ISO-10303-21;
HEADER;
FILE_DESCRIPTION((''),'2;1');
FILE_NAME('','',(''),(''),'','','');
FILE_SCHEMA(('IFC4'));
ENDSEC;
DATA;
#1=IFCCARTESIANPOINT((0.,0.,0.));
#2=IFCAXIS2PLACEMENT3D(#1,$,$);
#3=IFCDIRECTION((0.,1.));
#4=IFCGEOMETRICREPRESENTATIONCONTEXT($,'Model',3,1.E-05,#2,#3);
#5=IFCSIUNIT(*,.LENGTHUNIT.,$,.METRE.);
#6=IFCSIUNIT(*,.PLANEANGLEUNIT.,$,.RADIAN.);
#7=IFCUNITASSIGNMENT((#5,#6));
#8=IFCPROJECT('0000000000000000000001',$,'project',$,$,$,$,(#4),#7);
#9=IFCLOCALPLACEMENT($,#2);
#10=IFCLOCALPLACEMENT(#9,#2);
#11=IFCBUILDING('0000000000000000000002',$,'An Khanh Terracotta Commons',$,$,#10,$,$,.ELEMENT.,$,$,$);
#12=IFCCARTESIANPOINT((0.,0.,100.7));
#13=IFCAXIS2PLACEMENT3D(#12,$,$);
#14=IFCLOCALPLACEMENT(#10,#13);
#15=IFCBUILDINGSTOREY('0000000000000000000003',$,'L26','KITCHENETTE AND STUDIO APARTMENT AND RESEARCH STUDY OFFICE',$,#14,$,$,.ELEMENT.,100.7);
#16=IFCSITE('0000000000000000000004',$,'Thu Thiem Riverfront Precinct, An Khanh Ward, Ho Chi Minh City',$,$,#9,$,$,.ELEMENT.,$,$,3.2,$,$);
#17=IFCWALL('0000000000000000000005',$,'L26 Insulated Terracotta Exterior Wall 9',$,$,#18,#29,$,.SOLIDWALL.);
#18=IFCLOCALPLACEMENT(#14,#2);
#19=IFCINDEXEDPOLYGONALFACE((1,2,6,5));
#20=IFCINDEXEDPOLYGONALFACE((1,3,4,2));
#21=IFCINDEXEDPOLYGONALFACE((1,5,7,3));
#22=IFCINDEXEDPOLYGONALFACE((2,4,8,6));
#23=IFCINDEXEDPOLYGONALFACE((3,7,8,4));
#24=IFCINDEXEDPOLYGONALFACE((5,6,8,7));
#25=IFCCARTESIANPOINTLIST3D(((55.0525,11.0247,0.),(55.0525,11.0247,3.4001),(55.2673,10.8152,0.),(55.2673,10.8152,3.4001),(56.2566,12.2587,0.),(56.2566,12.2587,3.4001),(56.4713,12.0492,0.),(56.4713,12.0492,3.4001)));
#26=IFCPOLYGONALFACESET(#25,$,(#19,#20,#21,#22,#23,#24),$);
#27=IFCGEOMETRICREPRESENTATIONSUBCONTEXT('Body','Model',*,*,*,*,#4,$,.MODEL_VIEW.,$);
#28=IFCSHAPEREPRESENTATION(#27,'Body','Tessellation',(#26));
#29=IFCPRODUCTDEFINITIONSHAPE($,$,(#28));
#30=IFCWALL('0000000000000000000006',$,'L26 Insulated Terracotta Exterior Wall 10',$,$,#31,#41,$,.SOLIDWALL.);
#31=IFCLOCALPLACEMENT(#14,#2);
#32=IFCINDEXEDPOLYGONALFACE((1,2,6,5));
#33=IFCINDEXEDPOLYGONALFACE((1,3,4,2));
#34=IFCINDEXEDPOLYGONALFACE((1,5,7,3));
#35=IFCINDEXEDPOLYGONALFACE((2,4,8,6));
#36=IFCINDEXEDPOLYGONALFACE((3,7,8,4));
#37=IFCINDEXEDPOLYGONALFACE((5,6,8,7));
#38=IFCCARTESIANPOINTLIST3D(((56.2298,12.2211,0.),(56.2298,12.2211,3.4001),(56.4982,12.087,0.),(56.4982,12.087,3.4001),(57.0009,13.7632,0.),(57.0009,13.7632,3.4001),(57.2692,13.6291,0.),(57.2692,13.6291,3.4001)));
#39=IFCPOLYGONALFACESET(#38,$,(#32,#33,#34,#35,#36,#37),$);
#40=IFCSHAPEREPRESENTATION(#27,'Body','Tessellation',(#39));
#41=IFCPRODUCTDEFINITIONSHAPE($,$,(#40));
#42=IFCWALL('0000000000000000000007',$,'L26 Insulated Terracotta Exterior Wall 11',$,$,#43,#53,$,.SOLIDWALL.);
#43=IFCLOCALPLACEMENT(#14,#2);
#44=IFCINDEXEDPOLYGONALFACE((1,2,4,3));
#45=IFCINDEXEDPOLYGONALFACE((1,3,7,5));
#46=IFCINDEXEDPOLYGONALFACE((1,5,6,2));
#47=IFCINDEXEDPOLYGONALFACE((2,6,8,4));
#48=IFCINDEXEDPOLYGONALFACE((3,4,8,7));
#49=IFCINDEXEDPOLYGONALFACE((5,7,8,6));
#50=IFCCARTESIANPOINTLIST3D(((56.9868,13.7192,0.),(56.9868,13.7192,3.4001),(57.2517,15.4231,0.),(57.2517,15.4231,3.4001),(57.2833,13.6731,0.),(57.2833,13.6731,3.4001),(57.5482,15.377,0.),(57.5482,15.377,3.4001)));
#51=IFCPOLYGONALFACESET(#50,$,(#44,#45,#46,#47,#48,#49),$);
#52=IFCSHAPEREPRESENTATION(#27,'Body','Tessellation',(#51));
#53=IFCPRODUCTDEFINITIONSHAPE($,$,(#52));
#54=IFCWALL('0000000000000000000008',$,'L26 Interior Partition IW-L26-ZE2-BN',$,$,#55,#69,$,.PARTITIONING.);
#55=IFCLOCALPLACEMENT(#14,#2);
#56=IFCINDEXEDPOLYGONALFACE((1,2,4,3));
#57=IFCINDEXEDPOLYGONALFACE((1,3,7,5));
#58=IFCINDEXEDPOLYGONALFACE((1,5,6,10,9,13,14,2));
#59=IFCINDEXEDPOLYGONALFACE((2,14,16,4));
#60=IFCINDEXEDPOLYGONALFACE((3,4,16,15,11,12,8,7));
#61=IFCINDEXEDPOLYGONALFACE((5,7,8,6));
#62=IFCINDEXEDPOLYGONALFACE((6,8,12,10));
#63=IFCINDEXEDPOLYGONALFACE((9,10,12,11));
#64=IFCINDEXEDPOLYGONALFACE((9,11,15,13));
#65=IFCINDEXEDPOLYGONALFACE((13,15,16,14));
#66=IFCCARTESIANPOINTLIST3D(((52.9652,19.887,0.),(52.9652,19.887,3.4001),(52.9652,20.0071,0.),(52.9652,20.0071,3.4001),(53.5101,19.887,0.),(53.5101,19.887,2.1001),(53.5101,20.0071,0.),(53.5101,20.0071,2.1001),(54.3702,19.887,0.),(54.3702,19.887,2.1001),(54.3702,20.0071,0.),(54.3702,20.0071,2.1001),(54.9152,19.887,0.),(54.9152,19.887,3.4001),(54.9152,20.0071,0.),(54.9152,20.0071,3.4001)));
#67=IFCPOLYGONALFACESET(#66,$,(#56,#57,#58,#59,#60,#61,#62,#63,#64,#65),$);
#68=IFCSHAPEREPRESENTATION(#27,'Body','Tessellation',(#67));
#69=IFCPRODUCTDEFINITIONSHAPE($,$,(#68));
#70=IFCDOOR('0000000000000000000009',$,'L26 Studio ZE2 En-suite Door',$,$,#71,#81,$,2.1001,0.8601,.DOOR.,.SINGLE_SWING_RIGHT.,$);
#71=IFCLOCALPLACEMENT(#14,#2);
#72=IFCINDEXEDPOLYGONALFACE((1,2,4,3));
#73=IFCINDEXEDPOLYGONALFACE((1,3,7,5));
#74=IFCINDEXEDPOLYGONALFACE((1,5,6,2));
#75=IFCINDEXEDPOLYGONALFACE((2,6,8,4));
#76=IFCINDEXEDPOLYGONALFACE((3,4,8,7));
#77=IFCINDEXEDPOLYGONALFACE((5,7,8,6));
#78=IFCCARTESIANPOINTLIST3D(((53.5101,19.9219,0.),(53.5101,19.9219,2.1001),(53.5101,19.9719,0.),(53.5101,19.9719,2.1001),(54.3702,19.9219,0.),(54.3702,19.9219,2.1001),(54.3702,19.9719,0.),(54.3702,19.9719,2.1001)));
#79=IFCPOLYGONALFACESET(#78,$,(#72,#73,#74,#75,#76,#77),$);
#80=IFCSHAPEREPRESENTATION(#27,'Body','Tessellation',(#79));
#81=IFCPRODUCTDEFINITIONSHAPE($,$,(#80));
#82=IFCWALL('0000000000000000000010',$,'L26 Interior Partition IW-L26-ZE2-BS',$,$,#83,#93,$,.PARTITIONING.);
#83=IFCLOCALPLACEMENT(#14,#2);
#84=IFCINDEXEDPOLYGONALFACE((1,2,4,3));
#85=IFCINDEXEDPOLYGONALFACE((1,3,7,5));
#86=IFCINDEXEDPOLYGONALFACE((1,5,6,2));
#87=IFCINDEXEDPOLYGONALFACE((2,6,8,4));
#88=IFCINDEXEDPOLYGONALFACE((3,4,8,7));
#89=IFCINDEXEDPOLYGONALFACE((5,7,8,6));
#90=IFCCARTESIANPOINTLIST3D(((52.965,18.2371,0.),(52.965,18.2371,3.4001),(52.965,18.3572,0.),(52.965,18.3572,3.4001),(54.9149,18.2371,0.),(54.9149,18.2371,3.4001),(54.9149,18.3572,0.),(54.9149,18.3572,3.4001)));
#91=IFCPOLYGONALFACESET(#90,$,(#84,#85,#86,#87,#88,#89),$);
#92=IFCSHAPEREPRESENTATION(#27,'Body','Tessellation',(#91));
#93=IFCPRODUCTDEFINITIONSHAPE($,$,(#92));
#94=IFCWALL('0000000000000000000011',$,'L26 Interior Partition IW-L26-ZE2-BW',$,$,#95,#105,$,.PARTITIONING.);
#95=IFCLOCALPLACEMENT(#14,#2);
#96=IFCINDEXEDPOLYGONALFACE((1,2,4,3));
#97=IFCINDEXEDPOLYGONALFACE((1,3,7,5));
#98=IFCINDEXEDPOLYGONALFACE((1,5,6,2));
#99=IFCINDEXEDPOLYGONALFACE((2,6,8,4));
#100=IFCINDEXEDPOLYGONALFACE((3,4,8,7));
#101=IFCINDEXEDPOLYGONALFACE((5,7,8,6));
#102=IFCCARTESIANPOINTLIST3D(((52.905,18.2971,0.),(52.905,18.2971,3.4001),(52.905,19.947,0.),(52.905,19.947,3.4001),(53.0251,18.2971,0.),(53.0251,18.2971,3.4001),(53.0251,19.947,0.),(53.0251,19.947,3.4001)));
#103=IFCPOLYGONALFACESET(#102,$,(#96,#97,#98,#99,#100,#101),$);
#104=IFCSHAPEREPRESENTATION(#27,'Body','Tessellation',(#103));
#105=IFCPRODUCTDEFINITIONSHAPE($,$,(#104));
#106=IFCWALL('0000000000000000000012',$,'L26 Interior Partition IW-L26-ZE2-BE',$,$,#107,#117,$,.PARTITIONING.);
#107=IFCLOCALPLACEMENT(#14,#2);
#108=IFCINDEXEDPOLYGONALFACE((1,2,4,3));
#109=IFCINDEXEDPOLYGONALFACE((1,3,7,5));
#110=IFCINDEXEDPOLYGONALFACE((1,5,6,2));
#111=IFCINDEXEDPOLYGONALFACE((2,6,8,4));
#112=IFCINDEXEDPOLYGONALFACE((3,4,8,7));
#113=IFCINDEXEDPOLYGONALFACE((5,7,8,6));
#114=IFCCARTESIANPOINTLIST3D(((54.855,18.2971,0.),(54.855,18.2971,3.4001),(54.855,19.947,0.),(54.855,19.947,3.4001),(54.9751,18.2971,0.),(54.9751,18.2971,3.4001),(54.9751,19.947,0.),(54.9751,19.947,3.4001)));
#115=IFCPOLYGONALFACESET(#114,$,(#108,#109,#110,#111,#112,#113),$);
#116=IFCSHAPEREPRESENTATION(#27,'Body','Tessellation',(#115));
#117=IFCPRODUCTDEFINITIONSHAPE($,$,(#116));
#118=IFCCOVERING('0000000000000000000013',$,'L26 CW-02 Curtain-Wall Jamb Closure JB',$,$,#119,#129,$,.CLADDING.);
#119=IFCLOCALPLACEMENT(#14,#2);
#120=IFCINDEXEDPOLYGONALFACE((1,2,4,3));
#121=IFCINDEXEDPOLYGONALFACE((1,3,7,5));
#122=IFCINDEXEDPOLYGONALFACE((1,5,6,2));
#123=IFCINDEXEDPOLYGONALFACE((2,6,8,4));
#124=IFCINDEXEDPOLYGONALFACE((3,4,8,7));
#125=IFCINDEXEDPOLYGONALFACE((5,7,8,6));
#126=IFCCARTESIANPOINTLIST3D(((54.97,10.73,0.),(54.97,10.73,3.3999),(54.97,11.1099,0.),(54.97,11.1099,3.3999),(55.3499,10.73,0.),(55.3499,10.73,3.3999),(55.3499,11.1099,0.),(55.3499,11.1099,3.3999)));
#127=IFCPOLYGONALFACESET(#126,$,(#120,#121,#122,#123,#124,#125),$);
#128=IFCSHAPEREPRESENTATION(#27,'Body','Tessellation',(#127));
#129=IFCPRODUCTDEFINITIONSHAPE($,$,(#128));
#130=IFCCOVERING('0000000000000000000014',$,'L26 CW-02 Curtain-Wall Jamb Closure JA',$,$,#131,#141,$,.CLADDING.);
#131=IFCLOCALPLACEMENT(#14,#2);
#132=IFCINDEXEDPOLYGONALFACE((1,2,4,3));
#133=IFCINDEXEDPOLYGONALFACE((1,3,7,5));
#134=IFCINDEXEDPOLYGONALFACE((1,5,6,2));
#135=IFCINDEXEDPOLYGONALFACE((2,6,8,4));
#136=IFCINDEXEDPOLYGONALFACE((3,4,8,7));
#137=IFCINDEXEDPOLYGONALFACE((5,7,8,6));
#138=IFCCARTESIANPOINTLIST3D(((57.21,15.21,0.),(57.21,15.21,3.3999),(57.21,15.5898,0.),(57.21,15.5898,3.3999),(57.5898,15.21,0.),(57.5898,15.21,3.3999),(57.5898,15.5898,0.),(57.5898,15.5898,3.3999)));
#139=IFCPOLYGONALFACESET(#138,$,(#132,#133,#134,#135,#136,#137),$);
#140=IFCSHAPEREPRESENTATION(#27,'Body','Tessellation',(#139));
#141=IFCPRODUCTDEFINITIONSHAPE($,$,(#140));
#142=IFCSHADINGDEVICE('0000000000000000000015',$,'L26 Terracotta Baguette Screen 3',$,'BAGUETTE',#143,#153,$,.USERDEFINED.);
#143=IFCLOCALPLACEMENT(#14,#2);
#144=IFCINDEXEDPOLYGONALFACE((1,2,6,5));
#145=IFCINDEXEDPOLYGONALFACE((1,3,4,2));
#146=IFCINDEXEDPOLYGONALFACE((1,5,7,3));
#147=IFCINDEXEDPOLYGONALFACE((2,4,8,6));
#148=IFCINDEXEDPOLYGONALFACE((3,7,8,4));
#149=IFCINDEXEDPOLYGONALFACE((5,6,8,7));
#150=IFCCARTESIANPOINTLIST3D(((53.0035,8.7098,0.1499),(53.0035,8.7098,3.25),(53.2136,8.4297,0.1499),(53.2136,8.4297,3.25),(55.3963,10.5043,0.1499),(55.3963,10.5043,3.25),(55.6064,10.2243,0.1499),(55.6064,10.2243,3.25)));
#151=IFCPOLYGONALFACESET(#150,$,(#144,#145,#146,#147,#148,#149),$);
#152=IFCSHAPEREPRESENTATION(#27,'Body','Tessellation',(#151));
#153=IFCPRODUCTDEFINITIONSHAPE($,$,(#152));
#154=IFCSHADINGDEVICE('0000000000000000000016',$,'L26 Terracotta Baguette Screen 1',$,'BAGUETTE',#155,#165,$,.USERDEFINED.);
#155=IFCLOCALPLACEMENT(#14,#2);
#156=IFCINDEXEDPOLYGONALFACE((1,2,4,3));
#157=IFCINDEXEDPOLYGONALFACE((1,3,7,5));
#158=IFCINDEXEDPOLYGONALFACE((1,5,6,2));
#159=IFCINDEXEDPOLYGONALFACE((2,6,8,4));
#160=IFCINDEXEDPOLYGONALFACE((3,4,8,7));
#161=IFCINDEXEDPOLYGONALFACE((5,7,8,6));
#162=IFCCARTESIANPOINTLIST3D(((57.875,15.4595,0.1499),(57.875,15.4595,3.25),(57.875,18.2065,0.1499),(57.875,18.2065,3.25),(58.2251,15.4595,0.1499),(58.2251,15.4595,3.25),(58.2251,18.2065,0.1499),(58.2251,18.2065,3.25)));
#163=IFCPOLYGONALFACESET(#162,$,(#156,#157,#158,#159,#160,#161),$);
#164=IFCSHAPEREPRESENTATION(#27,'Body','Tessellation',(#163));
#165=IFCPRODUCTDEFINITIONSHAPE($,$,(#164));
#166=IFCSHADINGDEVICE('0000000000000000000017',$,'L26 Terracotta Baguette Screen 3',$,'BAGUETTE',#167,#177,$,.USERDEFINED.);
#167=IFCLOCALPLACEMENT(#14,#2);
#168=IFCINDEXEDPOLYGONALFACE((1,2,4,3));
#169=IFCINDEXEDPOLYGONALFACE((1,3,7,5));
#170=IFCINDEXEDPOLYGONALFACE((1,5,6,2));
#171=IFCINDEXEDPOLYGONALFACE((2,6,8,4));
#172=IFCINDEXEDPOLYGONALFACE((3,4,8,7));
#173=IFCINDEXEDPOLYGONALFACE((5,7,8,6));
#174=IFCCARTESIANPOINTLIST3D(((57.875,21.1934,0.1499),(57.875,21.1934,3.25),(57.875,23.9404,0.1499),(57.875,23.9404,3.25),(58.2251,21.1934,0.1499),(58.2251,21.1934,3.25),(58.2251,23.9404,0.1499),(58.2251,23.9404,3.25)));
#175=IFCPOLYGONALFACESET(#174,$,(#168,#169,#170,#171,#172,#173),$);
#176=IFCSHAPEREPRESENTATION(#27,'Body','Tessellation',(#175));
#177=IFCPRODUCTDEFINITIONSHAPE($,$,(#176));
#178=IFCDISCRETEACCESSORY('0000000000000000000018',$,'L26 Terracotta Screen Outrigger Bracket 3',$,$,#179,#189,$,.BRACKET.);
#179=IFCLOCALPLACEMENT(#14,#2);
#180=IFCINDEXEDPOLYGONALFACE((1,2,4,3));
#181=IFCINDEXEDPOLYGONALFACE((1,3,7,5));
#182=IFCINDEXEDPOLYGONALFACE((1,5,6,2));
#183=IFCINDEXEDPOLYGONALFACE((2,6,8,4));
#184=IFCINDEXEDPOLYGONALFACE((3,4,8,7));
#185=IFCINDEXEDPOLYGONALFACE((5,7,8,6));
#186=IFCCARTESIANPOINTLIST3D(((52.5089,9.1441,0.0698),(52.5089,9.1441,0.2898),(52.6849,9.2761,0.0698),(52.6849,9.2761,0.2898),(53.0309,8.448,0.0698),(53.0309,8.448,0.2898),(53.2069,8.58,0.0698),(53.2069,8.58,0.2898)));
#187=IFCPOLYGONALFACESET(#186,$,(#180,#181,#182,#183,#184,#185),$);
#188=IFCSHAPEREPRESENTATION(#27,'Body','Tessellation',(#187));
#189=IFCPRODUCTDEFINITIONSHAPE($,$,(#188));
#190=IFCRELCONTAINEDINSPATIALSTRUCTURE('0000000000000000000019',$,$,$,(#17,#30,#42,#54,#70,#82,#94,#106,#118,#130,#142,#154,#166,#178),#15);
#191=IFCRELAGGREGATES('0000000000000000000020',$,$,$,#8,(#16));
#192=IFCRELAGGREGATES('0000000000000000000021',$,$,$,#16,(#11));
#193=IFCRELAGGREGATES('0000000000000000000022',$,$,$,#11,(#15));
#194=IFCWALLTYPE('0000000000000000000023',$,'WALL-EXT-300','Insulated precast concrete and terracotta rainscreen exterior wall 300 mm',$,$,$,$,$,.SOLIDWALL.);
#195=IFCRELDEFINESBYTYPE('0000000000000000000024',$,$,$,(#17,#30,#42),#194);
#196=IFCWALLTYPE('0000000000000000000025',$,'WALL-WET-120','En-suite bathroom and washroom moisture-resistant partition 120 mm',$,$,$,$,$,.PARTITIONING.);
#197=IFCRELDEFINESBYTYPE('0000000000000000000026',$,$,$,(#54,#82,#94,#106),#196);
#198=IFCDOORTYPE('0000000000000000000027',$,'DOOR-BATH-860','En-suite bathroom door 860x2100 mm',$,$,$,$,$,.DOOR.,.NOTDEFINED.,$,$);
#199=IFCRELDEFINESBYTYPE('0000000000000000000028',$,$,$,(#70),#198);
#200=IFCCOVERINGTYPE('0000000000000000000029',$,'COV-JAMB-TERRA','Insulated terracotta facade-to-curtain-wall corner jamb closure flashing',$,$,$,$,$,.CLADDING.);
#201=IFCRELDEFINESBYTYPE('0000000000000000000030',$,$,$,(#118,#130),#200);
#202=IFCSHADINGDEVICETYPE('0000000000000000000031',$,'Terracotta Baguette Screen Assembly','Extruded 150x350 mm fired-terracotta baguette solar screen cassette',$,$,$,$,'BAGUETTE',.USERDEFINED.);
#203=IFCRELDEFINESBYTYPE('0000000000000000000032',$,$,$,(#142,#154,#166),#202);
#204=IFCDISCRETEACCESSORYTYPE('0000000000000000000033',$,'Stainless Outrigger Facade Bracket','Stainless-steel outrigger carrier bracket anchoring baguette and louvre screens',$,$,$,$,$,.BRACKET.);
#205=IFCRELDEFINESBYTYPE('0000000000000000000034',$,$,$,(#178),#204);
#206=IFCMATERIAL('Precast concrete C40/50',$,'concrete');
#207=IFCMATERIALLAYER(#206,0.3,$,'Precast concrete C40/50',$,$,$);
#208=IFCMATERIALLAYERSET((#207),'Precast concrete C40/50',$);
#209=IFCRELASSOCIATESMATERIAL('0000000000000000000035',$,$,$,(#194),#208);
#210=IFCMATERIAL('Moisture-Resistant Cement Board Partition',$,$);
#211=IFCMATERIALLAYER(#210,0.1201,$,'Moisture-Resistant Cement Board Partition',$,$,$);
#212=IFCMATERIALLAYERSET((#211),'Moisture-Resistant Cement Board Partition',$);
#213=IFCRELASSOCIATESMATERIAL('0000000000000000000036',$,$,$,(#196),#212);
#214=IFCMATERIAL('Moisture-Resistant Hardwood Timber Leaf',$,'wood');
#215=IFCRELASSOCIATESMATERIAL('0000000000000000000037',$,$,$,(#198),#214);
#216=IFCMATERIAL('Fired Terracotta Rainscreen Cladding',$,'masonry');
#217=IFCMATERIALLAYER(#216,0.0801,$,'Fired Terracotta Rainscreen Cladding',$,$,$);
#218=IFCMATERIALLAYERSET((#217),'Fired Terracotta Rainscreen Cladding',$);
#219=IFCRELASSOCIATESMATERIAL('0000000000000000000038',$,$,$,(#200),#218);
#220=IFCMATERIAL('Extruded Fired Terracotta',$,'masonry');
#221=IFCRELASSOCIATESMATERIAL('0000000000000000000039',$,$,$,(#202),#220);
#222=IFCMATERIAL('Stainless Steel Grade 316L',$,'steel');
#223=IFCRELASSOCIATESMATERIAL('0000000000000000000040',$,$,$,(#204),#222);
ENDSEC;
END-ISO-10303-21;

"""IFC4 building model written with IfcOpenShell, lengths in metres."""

from ifc_helpers import new_model, si_unit, direction, frame, frame_2d, origin, origin_2d, place, context, subcontext, project, spatial, rectangle, extrude, material, layer, layer_set, type_object, element, fill, save


model = new_model("IFC4")

# Units and contexts
model_context = context("Model", 3, precision=1e-05, world=origin(), true_north=direction((0.0, 1.0)))
body_context = subcontext(model_context, "Body", "Model", "MODEL_VIEW")
ifc_project = project(units=[si_unit("LENGTHUNIT", "METRE"), si_unit("PLANEANGLEUNIT", "RADIAN")], contexts=[model_context])

# Site, building, storey
site_placement = place(None, origin())
site = spatial("IfcSite", under=ifc_project, at=site_placement, Name="Thu Thiem Riverfront Precinct, An Khanh Ward, Ho Chi Minh City", CompositionType="ELEMENT", RefElevation=3.2)
building_placement = place(site_placement, origin())
building = spatial("IfcBuilding", under=site, at=building_placement, Name="An Khanh Terracotta Commons", CompositionType="ELEMENT")
storey_placement = place(building_placement, frame((0.0, 0.0, 100.7)))
storey = spatial("IfcBuildingStorey", under=building, at=storey_placement, Name="L26", Description="KITCHENETTE AND STUDIO APARTMENT AND RESEARCH STUDY OFFICE", CompositionType="ELEMENT", Elevation=100.7)

# Walls
ifc_material_1 = material(Name="Precast concrete C40/50", Category="concrete")
ifc_layer_1 = layer(ifc_material_1, 0.3, Name="Precast concrete C40/50")
ifc_layer_set_1 = layer_set([ifc_layer_1], Name="Precast concrete C40/50")
wall_type_1 = type_object("IfcWallType", Name="WALL-EXT-300", Description="Insulated precast concrete and terracotta rainscreen exterior wall 300 mm", PredefinedType="SOLIDWALL", material=ifc_layer_set_1)
for number, where, z_axis, x_axis, name in (
    (1, (55.1599, 10.9199, 0.0), (0.0, 0.0, 1.0), (0.698345, 0.715761, 0.0), "L26 Insulated Terracotta Exterior Wall 9"),
    (2, (56.364, 12.1541, 0.0), (0.0, 0.0, 1.0), (0.447214, 0.894427, 0.0), "L26 Insulated Terracotta Exterior Wall 10"),
):
    element("IfcWall", number, at=place(storey_placement, frame(where, z_axis=z_axis, x_axis=x_axis)), inside=storey, type_object=wall_type_1, Name=name, PredefinedType="SOLIDWALL", context=body_context, shape_type="SweptSolid", body=[
        extrude(rectangle(XDim=1.7241, YDim=0.3, at=frame_2d((0.8621, 0.0))), origin(), (0.0, 0.0, 1.0), 3.4001),
    ])
wall_1_placement = place(storey_placement, frame((57.135, 13.696, 0.0), z_axis=(0.0, 0.0, 1.0), x_axis=(0.153621, 0.98813, 0.0)))
element("IfcWall", 3, at=wall_1_placement, inside=storey, type_object=wall_type_1, Name="L26 Insulated Terracotta Exterior Wall 11", PredefinedType="SOLIDWALL", context=body_context, shape_type="SweptSolid", body=[
    extrude(rectangle(XDim=1.7244, YDim=0.3, at=frame_2d((0.8623, 0.0))), origin(), (0.0, 0.0, 1.0), 3.4001),
])

# Wall, opening, door
ifc_material_2 = material(Name="Moisture-Resistant Cement Board Partition")
ifc_layer_2 = layer(ifc_material_2, 0.1201, Name="Moisture-Resistant Cement Board Partition")
ifc_layer_set_2 = layer_set([ifc_layer_2], Name="Moisture-Resistant Cement Board Partition")
wall_type_2 = type_object("IfcWallType", Name="WALL-WET-120", Description="En-suite bathroom and washroom moisture-resistant partition 120 mm", PredefinedType="PARTITIONING", material=ifc_layer_set_2)
wall_2_placement = place(storey_placement, frame((52.9651, 19.947, 0.0), z_axis=(0.0, 0.0, 1.0), x_axis=(1.0, 0.0, 0.0)))
wall_2 = element("IfcWall", 4, at=wall_2_placement, inside=storey, type_object=wall_type_2, Name="L26 Interior Partition IW-L26-ZE2-BN", PredefinedType="PARTITIONING", context=body_context, shape_type="SweptSolid", body=[
    extrude(rectangle(XDim=1.95, YDim=0.1201, at=frame_2d((0.9751, 0.0))), origin(), (0.0, 0.0, 1.0), 3.4001),
])
opening_placement = place(wall_2_placement, frame((0.5449, 0.0, 0.0)))
opening = element("IfcOpeningElement", 5, at=opening_placement, cuts=wall_2, PredefinedType="OPENING", context=body_context, shape_type="SweptSolid", body=[
    extrude(rectangle(XDim=0.8601, YDim=2.1001, at=frame_2d((0.4302, 1.05))), frame((0.0, 0.0701, 0.0), z_axis=(0.0, -1.0, 0.0), x_axis=(1.0, 0.0, 0.0)), (0.0, 0.0, 1.0), 0.1401),
])
ifc_material_3 = material(Name="Moisture-Resistant Hardwood Timber Leaf", Category="wood")
door_type = type_object("IfcDoorType", Name="DOOR-BATH-860", Description="En-suite bathroom door 860x2100 mm", OperationType="NOTDEFINED", PredefinedType="DOOR", material=ifc_material_3)
door_placement = place(opening_placement, origin())
door = element("IfcDoor", 6, at=door_placement, inside=storey, type_object=door_type, Name="L26 Studio ZE2 En-suite Door", OperationType="SINGLE_SWING_RIGHT", OverallHeight=2.1001, OverallWidth=0.8601, PredefinedType="DOOR", context=body_context, shape_type="SweptSolid", body=[
    extrude(rectangle(XDim=0.8601, YDim=2.1001, at=frame_2d((0.4302, 1.05))), frame((0.0, 0.0249, 0.0), z_axis=(0.0, -1.0, 0.0), x_axis=(1.0, 0.0, 0.0)), (0.0, 0.0, 1.0), 0.05),
])
fill(opening, door)

# Walls
wall_3_placement = place(storey_placement, frame((54.915, 18.2971, 0.0), z_axis=(0.0, 0.0, 1.0), x_axis=(-1.0, 0.0, 0.0)))
element("IfcWall", 7, at=wall_3_placement, inside=storey, type_object=wall_type_2, Name="L26 Interior Partition IW-L26-ZE2-BS", PredefinedType="PARTITIONING", context=body_context, shape_type="SweptSolid", body=[
    extrude(rectangle(XDim=1.95, YDim=0.1201, at=frame_2d((0.9751, 0.0))), origin(), (0.0, 0.0, 1.0), 3.4001),
])
for number, where, z_axis, x_axis, name in (
    (8, (52.9651, 19.947, 0.0), (0.0, 0.0, 1.0), (0.0, -1.0, 0.0), "L26 Interior Partition IW-L26-ZE2-BW"),
    (9, (54.915, 18.2971, 0.0), (0.0, 0.0, 1.0), (0.0, 1.0, 0.0), "L26 Interior Partition IW-L26-ZE2-BE"),
):
    element("IfcWall", number, at=place(storey_placement, frame(where, z_axis=z_axis, x_axis=x_axis)), inside=storey, type_object=wall_type_2, Name=name, PredefinedType="PARTITIONING", context=body_context, shape_type="SweptSolid", body=[
        extrude(rectangle(XDim=1.6499, YDim=0.1201, at=frame_2d((0.825, 0.0))), origin(), (0.0, 0.0, 1.0), 3.4001),
    ])

# Coverings
ifc_material_4 = material(Name="Fired Terracotta Rainscreen Cladding", Category="masonry")
ifc_layer_3 = layer(ifc_material_4, 0.0801, Name="Fired Terracotta Rainscreen Cladding")
ifc_layer_set_3 = layer_set([ifc_layer_3], Name="Fired Terracotta Rainscreen Cladding")
covering_type = type_object("IfcCoveringType", Name="COV-JAMB-TERRA", Description="Insulated terracotta facade-to-curtain-wall corner jamb closure flashing", PredefinedType="CLADDING", material=ifc_layer_set_3)
for number, where, z_axis, x_axis, name in (
    (10, (55.1599, 10.9199, 0.0), (0.0, 0.0, 1.0), (1.0, 0.0, 0.0), "L26 CW-02 Curtain-Wall Jamb Closure JB"),
    (11, (57.3999, 15.3999, 0.0), (0.0, 0.0, 1.0), (1.0, 0.0, 0.0), "L26 CW-02 Curtain-Wall Jamb Closure JA"),
):
    element("IfcCovering", number, at=place(storey_placement, frame(where, z_axis=z_axis, x_axis=x_axis)), inside=storey, type_object=covering_type, Name=name, PredefinedType="CLADDING", context=body_context, shape_type="SweptSolid", body=[
        extrude(rectangle(XDim=0.3799, YDim=0.3799, at=origin_2d()), origin(), (0.0, 0.0, 1.0), 3.3999),
    ])

# Shading devices
ifc_material_5 = material(Name="Extruded Fired Terracotta", Category="masonry")
shading_device_type = type_object("IfcShadingDeviceType", Name="Terracotta Baguette Screen Assembly", Description="Extruded 150x350 mm fired-terracotta baguette solar screen cassette", ElementType="BAGUETTE", PredefinedType="USERDEFINED", material=ifc_material_5)
shading_device_placement = place(storey_placement, frame((54.3049, 9.467, 0.1499), z_axis=(0.0, 0.0, 1.0), x_axis=(0.800013, 0.599983, 0.0)))
element("IfcShadingDevice", 12, at=shading_device_placement, inside=storey, type_object=shading_device_type, Name="L26 Terracotta Baguette Screen 3", ObjectType="BAGUETTE", PredefinedType="USERDEFINED", context=body_context, shape_type="SweptSolid", body=[
    extrude(rectangle(XDim=2.991, YDim=0.3501, at=origin_2d()), origin(), (0.0, 0.0, 1.0), 3.1001),
])
for number, where, z_axis, x_axis, name in (
    (13, (58.05, 16.833, 0.1499), (0.0, 0.0, 1.0), (0.0, 1.0, 0.0), "L26 Terracotta Baguette Screen 1"),
    (14, (58.05, 22.5669, 0.1499), (0.0, 0.0, 1.0), (0.0, 1.0, 0.0), "L26 Terracotta Baguette Screen 3"),
):
    element("IfcShadingDevice", number, at=place(storey_placement, frame(where, z_axis=z_axis, x_axis=x_axis)), inside=storey, type_object=shading_device_type, Name=name, ObjectType="BAGUETTE", PredefinedType="USERDEFINED", context=body_context, shape_type="SweptSolid", body=[
        extrude(rectangle(XDim=2.7471, YDim=0.3501, at=origin_2d()), origin(), (0.0, 0.0, 1.0), 3.1001),
    ])

# Discrete accessory
ifc_material_6 = material(Name="Stainless Steel Grade 316L", Category="steel")
discrete_accessory_type = type_object("IfcDiscreteAccessoryType", Name="Stainless Outrigger Facade Bracket", Description="Stainless-steel outrigger carrier bracket anchoring baguette and louvre screens", PredefinedType="BRACKET", material=ifc_material_6)
for number, where, z_axis, x_axis, name in (
    (15, (52.8579, 8.8621, 0.0698), (0.0, 0.0, 1.0), (0.800013, 0.599983, 0.0), "L26 Terracotta Screen Outrigger Bracket 3"),
):
    element("IfcDiscreteAccessory", number, at=place(storey_placement, frame(where, z_axis=z_axis, x_axis=x_axis)), inside=storey, type_object=discrete_accessory_type, Name=name, PredefinedType="BRACKET", context=body_context, shape_type="SweptSolid", body=[
        extrude(rectangle(XDim=0.22, YDim=0.8701, at=origin_2d()), origin(), (0.0, 0.0, 1.0), 0.22),
    ])

save(model, "model.ifc")
